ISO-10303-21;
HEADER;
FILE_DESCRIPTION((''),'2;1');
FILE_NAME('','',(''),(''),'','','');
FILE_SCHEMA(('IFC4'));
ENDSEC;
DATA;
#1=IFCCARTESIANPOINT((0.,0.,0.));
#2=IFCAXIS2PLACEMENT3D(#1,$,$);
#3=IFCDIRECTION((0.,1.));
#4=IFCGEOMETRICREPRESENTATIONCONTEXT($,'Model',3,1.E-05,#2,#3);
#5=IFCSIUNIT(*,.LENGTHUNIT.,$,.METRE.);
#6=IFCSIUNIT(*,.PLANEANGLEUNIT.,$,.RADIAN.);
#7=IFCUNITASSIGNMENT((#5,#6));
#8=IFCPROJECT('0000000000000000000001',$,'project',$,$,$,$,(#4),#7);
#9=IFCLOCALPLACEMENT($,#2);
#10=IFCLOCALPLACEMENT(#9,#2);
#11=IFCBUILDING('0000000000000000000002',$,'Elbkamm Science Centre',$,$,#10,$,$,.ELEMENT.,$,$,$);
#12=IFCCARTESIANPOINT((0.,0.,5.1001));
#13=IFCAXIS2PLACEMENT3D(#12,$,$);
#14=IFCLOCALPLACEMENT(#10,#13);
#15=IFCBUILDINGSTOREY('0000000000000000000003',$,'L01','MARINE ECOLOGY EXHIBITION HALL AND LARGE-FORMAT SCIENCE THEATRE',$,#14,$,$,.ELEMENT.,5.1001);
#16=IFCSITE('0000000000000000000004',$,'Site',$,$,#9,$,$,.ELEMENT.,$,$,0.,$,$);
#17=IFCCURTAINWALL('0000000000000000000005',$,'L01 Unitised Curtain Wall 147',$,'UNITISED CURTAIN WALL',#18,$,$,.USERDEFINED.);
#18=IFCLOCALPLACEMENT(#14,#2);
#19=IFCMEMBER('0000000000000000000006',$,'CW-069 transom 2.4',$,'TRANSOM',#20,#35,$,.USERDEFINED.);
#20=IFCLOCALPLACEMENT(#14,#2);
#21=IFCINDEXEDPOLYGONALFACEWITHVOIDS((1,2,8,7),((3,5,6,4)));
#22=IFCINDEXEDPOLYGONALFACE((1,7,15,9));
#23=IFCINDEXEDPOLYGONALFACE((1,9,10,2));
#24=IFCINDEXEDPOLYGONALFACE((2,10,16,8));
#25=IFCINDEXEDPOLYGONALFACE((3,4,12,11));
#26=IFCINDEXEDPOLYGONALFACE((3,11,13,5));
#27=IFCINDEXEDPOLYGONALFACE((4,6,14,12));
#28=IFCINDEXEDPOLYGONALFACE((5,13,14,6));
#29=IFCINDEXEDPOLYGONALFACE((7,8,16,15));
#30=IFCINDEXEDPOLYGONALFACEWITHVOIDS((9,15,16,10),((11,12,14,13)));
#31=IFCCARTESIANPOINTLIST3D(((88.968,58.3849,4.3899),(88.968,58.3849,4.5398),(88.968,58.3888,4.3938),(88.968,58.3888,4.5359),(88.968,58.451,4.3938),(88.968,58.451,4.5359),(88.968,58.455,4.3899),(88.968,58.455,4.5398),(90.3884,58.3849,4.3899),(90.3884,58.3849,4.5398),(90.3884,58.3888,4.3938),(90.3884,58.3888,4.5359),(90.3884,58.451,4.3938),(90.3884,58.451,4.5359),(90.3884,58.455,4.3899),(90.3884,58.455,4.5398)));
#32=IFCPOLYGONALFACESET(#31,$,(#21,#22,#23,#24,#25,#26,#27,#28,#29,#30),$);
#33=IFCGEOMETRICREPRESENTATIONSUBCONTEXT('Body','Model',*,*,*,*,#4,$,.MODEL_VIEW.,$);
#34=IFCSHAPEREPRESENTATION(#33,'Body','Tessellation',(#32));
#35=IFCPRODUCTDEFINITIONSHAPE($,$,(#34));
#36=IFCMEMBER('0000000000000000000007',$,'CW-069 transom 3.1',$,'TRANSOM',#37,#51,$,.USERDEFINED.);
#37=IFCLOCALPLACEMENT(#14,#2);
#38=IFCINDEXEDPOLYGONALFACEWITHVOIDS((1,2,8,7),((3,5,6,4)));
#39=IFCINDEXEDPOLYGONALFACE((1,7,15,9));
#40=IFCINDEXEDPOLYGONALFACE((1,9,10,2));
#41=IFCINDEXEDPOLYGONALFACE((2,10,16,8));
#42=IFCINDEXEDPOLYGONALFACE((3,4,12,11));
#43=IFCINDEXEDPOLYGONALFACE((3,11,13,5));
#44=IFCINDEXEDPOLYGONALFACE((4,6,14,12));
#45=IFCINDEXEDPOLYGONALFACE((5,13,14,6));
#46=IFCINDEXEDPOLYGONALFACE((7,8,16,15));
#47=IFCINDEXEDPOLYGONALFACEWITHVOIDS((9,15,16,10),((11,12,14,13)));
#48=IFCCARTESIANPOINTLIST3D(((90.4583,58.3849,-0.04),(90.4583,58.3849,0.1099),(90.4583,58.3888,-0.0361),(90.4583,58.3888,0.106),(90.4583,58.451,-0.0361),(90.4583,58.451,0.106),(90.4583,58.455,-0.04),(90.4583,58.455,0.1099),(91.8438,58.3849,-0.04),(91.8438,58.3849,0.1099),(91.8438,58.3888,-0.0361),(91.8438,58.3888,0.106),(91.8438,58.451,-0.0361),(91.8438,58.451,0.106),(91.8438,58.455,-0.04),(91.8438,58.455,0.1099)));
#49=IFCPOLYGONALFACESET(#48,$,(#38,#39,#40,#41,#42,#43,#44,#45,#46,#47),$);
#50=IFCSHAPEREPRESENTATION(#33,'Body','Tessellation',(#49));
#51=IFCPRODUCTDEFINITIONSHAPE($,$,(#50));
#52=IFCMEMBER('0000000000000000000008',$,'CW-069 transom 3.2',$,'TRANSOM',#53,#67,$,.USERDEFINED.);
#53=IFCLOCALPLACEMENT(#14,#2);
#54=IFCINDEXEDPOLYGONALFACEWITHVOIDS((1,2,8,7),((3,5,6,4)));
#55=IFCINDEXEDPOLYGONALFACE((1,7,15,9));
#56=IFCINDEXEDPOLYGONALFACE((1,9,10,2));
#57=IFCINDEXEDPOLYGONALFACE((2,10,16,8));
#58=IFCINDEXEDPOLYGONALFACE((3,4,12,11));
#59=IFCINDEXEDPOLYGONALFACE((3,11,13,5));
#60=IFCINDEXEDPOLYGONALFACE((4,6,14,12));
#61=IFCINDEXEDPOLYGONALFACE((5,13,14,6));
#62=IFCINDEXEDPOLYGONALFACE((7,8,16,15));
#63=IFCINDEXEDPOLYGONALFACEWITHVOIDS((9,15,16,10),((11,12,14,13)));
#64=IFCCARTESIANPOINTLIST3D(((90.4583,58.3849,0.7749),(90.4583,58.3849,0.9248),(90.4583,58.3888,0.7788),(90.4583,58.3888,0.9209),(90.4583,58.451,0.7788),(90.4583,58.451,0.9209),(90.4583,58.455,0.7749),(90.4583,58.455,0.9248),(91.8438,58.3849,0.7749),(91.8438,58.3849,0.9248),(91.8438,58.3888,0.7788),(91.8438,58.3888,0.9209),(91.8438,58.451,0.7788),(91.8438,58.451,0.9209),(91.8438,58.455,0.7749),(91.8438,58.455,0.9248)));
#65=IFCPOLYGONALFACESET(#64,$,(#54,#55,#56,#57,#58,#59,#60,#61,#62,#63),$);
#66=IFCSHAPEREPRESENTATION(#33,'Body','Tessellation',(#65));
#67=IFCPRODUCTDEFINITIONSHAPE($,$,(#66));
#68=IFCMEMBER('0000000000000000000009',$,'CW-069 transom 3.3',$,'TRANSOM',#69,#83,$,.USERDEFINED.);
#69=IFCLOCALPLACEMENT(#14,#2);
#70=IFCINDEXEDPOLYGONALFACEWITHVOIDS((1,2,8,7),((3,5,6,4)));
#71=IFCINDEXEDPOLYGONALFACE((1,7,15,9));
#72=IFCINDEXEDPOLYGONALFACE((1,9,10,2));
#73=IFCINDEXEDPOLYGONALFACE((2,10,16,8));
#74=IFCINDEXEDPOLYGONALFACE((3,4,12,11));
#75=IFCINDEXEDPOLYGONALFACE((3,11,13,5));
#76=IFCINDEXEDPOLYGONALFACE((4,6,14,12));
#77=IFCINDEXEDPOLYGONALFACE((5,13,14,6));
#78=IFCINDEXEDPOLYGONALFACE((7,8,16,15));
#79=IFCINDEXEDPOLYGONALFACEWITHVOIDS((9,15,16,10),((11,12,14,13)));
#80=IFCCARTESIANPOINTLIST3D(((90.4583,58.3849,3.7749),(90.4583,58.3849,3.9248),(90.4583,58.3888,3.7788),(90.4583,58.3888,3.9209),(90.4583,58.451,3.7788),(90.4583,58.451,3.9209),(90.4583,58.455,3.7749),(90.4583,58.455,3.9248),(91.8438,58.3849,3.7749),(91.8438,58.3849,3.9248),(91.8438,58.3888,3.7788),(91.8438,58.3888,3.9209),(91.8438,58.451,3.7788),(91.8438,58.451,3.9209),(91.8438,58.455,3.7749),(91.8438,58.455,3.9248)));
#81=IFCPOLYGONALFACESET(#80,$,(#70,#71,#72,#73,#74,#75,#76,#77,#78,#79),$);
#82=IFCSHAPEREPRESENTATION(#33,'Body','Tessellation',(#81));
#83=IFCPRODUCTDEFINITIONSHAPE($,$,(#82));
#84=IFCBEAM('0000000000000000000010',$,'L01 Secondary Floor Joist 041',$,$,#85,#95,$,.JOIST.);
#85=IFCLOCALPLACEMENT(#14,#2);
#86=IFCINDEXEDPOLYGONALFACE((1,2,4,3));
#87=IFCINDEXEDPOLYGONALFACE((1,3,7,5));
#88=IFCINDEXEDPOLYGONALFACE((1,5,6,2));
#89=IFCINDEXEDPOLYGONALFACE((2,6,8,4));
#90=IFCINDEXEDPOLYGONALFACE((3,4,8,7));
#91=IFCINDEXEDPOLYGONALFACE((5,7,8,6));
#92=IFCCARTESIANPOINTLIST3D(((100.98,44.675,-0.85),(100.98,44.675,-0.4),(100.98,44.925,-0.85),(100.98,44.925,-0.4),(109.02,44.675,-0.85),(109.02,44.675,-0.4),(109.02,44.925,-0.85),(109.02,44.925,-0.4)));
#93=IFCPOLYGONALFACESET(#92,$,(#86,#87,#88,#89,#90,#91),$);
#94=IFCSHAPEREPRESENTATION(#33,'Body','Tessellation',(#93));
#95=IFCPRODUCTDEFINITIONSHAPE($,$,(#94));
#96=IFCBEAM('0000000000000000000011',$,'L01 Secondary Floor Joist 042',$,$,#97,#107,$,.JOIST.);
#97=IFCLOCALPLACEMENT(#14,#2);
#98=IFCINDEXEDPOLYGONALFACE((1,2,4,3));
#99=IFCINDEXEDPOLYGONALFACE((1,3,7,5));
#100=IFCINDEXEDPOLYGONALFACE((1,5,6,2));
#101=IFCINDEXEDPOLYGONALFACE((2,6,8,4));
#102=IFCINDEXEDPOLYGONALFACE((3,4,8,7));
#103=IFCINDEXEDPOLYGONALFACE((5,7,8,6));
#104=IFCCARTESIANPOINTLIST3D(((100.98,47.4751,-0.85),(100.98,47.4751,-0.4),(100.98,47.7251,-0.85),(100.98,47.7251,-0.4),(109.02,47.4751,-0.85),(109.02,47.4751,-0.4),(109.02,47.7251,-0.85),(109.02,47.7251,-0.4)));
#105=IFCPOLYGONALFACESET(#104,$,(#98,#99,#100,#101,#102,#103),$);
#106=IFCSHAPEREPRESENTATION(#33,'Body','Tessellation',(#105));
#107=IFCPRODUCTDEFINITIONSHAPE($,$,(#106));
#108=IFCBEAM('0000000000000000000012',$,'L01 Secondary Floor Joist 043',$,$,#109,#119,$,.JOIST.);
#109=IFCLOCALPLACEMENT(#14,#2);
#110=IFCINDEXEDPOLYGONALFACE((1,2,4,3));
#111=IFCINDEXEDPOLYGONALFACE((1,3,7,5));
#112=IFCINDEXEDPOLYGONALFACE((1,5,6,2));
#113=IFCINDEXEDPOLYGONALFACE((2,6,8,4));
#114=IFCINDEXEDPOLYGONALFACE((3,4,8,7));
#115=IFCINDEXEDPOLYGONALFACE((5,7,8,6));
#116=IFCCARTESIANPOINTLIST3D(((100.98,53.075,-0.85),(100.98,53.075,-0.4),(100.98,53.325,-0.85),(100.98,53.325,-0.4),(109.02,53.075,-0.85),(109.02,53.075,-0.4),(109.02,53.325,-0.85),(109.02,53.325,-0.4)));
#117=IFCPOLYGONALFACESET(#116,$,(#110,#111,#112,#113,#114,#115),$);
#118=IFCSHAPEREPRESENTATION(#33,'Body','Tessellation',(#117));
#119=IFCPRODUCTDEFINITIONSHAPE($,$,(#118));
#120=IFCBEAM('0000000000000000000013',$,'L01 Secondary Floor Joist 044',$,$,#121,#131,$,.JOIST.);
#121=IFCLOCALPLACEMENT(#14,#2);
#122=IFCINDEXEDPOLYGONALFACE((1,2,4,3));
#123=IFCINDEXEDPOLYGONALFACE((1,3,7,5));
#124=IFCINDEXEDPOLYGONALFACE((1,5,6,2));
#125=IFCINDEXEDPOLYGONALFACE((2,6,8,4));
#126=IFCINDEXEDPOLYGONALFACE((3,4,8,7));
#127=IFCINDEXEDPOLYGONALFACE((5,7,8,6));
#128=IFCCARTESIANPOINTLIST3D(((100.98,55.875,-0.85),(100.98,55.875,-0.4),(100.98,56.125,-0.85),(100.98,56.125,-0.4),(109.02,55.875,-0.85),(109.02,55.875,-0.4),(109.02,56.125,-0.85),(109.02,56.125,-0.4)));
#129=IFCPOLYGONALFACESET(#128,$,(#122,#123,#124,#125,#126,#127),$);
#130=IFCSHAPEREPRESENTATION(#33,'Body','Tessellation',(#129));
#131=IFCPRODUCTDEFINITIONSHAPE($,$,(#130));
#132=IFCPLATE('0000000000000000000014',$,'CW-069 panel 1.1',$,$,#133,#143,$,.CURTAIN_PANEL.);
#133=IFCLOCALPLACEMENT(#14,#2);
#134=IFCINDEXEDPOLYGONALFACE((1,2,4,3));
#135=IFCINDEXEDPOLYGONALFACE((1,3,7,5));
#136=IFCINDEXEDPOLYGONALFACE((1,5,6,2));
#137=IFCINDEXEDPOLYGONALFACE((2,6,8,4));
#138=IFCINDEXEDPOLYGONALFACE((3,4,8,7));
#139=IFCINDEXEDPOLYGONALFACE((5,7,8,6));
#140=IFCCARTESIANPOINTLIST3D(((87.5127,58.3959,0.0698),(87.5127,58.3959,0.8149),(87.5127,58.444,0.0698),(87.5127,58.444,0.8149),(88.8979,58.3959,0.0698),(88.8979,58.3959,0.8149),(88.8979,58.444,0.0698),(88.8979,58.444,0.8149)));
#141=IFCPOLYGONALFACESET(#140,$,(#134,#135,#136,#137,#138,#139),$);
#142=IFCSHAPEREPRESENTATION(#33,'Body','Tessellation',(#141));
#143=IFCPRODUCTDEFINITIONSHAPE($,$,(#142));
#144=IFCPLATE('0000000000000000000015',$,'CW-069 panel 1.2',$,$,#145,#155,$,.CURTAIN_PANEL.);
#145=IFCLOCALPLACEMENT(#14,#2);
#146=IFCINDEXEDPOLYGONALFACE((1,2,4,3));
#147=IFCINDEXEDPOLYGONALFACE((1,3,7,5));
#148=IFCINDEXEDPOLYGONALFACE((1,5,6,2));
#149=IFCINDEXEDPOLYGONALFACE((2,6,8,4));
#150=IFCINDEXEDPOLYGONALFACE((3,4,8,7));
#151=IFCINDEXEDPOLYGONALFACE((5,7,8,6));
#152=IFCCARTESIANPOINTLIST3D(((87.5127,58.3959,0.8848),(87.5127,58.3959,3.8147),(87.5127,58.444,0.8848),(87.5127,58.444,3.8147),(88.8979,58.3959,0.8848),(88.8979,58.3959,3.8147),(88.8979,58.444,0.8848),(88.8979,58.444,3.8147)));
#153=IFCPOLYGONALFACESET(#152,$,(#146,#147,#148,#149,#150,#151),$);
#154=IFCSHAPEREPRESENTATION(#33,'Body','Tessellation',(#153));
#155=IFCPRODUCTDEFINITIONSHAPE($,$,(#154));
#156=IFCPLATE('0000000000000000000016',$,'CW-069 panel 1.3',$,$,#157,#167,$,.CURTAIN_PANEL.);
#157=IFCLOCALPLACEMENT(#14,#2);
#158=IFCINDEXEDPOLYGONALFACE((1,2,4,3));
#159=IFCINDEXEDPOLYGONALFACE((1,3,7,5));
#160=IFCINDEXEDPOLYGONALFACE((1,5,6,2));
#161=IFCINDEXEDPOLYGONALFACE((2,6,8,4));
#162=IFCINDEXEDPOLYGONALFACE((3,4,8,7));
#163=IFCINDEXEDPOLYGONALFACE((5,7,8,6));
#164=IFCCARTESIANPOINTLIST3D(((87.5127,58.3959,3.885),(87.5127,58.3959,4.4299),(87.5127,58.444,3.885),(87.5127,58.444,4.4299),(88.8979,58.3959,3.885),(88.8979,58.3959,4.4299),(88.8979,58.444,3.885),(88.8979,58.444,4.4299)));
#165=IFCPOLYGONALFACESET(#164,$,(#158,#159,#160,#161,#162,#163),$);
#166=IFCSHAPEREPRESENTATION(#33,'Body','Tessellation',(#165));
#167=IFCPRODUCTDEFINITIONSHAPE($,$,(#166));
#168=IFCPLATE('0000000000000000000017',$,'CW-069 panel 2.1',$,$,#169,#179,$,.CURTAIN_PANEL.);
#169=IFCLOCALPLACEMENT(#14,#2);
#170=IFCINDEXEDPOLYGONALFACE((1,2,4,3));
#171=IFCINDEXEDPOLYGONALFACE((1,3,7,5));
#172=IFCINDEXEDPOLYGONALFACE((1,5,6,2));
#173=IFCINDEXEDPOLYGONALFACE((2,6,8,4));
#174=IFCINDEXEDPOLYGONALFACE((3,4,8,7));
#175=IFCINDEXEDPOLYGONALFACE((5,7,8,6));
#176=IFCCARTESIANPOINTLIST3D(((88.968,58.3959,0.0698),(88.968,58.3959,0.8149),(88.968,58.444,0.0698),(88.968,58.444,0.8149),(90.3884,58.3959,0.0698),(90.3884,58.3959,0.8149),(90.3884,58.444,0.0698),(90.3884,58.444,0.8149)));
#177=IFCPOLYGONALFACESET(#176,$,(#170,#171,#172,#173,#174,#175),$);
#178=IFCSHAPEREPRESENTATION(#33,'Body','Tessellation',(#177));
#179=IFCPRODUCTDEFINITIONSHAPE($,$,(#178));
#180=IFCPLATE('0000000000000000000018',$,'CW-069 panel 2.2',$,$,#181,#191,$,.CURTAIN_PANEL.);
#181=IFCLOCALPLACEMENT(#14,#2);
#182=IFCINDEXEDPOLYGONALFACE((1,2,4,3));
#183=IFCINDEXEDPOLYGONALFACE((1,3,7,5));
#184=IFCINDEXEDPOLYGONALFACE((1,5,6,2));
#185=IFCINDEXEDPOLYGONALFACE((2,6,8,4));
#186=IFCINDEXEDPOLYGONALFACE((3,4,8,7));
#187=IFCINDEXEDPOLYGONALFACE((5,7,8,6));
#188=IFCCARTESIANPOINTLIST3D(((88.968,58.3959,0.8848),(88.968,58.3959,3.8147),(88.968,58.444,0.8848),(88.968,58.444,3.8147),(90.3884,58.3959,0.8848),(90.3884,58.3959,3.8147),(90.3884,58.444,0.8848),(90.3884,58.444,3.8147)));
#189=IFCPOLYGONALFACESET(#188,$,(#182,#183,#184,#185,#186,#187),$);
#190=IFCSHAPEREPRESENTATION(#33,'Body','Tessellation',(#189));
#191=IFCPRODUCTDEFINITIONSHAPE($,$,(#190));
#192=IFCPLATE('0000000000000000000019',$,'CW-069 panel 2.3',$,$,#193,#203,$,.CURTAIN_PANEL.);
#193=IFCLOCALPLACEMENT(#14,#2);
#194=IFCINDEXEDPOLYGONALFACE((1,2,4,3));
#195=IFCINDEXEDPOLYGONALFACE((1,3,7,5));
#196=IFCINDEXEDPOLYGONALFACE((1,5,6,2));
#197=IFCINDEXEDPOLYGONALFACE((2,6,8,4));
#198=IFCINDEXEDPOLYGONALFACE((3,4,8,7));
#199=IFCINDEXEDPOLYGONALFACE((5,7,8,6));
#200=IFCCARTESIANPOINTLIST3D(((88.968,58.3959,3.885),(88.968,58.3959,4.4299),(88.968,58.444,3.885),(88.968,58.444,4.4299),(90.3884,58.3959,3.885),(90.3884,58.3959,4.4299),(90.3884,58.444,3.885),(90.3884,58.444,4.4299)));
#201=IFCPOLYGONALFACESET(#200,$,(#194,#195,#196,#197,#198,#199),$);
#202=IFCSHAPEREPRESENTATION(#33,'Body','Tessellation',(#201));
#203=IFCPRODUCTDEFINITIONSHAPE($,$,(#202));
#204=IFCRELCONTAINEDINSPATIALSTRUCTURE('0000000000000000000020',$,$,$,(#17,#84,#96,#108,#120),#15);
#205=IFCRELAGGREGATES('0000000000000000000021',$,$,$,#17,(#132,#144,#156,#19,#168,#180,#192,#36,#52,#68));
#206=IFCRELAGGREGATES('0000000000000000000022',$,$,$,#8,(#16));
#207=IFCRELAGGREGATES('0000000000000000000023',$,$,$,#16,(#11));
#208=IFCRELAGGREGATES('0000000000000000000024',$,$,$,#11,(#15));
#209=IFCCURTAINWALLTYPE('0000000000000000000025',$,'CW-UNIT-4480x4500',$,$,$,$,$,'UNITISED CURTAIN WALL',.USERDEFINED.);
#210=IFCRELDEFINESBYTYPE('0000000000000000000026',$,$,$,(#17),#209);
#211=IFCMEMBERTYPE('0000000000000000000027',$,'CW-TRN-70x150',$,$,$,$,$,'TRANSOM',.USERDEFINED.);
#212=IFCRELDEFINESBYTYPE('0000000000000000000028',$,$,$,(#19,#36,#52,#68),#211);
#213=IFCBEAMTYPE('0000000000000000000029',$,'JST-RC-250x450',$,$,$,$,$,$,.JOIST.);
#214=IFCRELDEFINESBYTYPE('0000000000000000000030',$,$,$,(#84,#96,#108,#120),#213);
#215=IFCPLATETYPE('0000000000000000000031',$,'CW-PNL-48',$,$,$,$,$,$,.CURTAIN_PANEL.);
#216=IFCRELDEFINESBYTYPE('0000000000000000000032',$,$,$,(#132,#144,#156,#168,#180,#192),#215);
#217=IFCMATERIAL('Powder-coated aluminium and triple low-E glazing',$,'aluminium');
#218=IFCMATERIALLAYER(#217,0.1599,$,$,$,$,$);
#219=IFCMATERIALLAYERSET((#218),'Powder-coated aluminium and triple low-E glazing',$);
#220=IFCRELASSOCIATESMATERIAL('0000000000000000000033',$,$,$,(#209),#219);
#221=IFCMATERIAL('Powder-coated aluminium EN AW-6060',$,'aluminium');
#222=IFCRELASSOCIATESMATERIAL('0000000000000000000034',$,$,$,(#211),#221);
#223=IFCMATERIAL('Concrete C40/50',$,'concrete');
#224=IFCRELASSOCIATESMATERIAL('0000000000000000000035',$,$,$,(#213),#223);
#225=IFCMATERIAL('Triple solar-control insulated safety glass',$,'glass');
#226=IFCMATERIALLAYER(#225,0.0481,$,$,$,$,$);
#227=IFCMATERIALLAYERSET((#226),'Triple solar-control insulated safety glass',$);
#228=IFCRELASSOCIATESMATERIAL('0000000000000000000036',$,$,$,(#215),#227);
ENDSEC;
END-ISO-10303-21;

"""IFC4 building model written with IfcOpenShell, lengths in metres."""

from ifc_helpers import new_model, si_unit, direction, frame, origin, origin_2d, place, context, subcontext, project, spatial, rectangle, hollow_rectangle, extrude, material, layer, layer_set, material_profile, profile_set, type_object, element, aggregate, save


model = new_model("IFC4")

# Units and contexts
model_context = context("Model", 3, precision=1e-05, world=origin(), true_north=direction((0.0, 1.0)))
body_context = subcontext(model_context, "Body", "Model", "MODEL_VIEW")
ifc_project = project(units=[si_unit("LENGTHUNIT", "METRE"), si_unit("PLANEANGLEUNIT", "RADIAN")], contexts=[model_context])

# Site, building, storey
site_placement = place(None, origin())
site = spatial("IfcSite", under=ifc_project, at=site_placement, Name="Site", CompositionType="ELEMENT", RefElevation=0.0)
building_placement = place(site_placement, origin())
building = spatial("IfcBuilding", under=site, at=building_placement, Name="Elbkamm Science Centre", CompositionType="ELEMENT")
storey_placement = place(building_placement, frame((0.0, 0.0, 5.1001)))
storey = spatial("IfcBuildingStorey", under=building, at=storey_placement, Name="L01", Description="MARINE ECOLOGY EXHIBITION HALL AND LARGE-FORMAT SCIENCE THEATRE", CompositionType="ELEMENT", Elevation=5.1001)

# Shared definitions
ifc_material_1 = material(Name="Concrete C40/50", Category="concrete")

# Curtain wall, members
ifc_material_2 = material(Name="Powder-coated aluminium and triple low-E glazing", Category="aluminium")
ifc_layer_1 = layer(ifc_material_2, 0.1599)
ifc_layer_set_1 = layer_set([ifc_layer_1], Name="Powder-coated aluminium and triple low-E glazing")
curtain_wall_type = type_object("IfcCurtainWallType", Name="CW-UNIT-4480x4500", ElementType="UNITISED CURTAIN WALL", PredefinedType="USERDEFINED", material=ifc_layer_set_1)
curtain_wall_placement = place(storey_placement, origin())
curtain_wall = element("IfcCurtainWall", 1, at=curtain_wall_placement, inside=storey, type_object=curtain_wall_type, Name="L01 Unitised Curtain Wall 147", ObjectType="UNITISED CURTAIN WALL", PredefinedType="USERDEFINED")
ifc_material_3 = material(Name="Powder-coated aluminium EN AW-6060", Category="aluminium")
ifc_material_profile_1 = material_profile(ifc_material_3, hollow_rectangle(XDim=0.0701, YDim=0.1499, WallThickness=0.0039, at=origin_2d()), Name="ALU T70x150")
ifc_profile_set_1 = profile_set([ifc_material_profile_1], Name="Powder-coated aluminium EN AW-6060")
member_type_1 = type_object("IfcMemberType", Name="CW-TRN-70x150", ElementType="TRANSOM", PredefinedType="USERDEFINED", material=ifc_profile_set_1)
member_1_placement = place(storey_placement, frame((88.968, 58.4199, 4.4648), z_axis=(1.0, 0.0, 0.0), x_axis=(0.0, 1.0, 0.0)))
member_1 = element("IfcMember", 2, at=member_1_placement, type_object=member_type_1, Name="CW-069 transom 2.4", ObjectType="TRANSOM", PredefinedType="USERDEFINED", context=body_context, shape_type="SweptSolid", body=[
    extrude(hollow_rectangle(XDim=0.0701, YDim=0.1499, WallThickness=0.0039, at=origin_2d()), origin(), (0.0, 0.0, 1.0), 1.4204),
])
member_2_placement = place(storey_placement, frame((90.4583, 58.4199, 0.0349), z_axis=(1.0, 0.0, 0.0), x_axis=(0.0, 1.0, 0.0)))
member_2 = element("IfcMember", 3, at=member_2_placement, type_object=member_type_1, Name="CW-069 transom 3.1", ObjectType="TRANSOM", PredefinedType="USERDEFINED", context=body_context, shape_type="SweptSolid", body=[
    extrude(hollow_rectangle(XDim=0.0701, YDim=0.1499, WallThickness=0.0039, at=origin_2d()), origin(), (0.0, 0.0, 1.0), 1.3855),
])
member_3_placement = place(storey_placement, frame((90.4583, 58.4199, 0.8499), z_axis=(1.0, 0.0, 0.0), x_axis=(0.0, 1.0, 0.0)))
member_3 = element("IfcMember", 4, at=member_3_placement, type_object=member_type_1, Name="CW-069 transom 3.2", ObjectType="TRANSOM", PredefinedType="USERDEFINED", context=body_context, shape_type="SweptSolid", body=[
    extrude(hollow_rectangle(XDim=0.0701, YDim=0.1499, WallThickness=0.0039, at=origin_2d()), origin(), (0.0, 0.0, 1.0), 1.3855),
])
member_4_placement = place(storey_placement, frame((90.4583, 58.4199, 3.8499), z_axis=(1.0, 0.0, 0.0), x_axis=(0.0, 1.0, 0.0)))
member_4 = element("IfcMember", 5, at=member_4_placement, type_object=member_type_1, Name="CW-069 transom 3.3", ObjectType="TRANSOM", PredefinedType="USERDEFINED", context=body_context, shape_type="SweptSolid", body=[
    extrude(hollow_rectangle(XDim=0.0701, YDim=0.1499, WallThickness=0.0039, at=origin_2d()), origin(), (0.0, 0.0, 1.0), 1.3855),
])

# Beams
ifc_material_profile_2 = material_profile(ifc_material_1, rectangle(XDim=0.25, YDim=0.45, at=origin_2d()), Name="RC 250x450")
ifc_profile_set_2 = profile_set([ifc_material_profile_2], Name="Concrete C40/50")
beam_type_1 = type_object("IfcBeamType", Name="JST-RC-250x450", PredefinedType="JOIST", material=ifc_profile_set_2)
for number, where, z_axis, x_axis, name in (
    (6, (100.98, 44.8, -0.625), (1.0, 0.0, 0.0), (0.0, 1.0, 0.0), "L01 Secondary Floor Joist 041"),
    (7, (100.98, 47.6001, -0.625), (1.0, 0.0, 0.0), (0.0, 1.0, 0.0), "L01 Secondary Floor Joist 042"),
    (8, (100.98, 53.2, -0.625), (1.0, 0.0, 0.0), (0.0, 1.0, 0.0), "L01 Secondary Floor Joist 043"),
    (9, (100.98, 56.0, -0.625), (1.0, 0.0, 0.0), (0.0, 1.0, 0.0), "L01 Secondary Floor Joist 044"),
):
    element("IfcBeam", number, at=place(storey_placement, frame(where, z_axis=z_axis, x_axis=x_axis)), inside=storey, type_object=beam_type_1, Name=name, PredefinedType="JOIST", context=body_context, shape_type="SweptSolid", body=[
        extrude(rectangle(XDim=0.25, YDim=0.45, at=origin_2d()), origin(), (0.0, 0.0, 1.0), 8.04),
    ])

# Plates
ifc_material_4 = material(Name="Triple solar-control insulated safety glass", Category="glass")
ifc_layer_2 = layer(ifc_material_4, 0.0481)
ifc_layer_set_2 = layer_set([ifc_layer_2], Name="Triple solar-control insulated safety glass")
plate_type = type_object("IfcPlateType", Name="CW-PNL-48", PredefinedType="CURTAIN_PANEL", material=ifc_layer_set_2)
plate_1_placement = place(storey_placement, frame((88.2053, 58.4199, 0.0698), z_axis=(0.0, 0.0, 1.0), x_axis=(1.0, 0.0, 0.0)))
plate_1 = element("IfcPlate", 10, at=plate_1_placement, type_object=plate_type, Name="CW-069 panel 1.1", PredefinedType="CURTAIN_PANEL", context=body_context, shape_type="SweptSolid", body=[
    extrude(rectangle(XDim=1.3853, YDim=0.0481, at=origin_2d()), origin(), (0.0, 0.0, 1.0), 0.7451),
])
plate_2_placement = place(storey_placement, frame((88.2053, 58.4199, 0.8848), z_axis=(0.0, 0.0, 1.0), x_axis=(1.0, 0.0, 0.0)))
plate_2 = element("IfcPlate", 11, at=plate_2_placement, type_object=plate_type, Name="CW-069 panel 1.2", PredefinedType="CURTAIN_PANEL", context=body_context, shape_type="SweptSolid", body=[
    extrude(rectangle(XDim=1.3853, YDim=0.0481, at=origin_2d()), origin(), (0.0, 0.0, 1.0), 2.9299),
])
plate_3_placement = place(storey_placement, frame((88.2053, 58.4199, 3.885), z_axis=(0.0, 0.0, 1.0), x_axis=(1.0, 0.0, 0.0)))
plate_3 = element("IfcPlate", 12, at=plate_3_placement, type_object=plate_type, Name="CW-069 panel 1.3", PredefinedType="CURTAIN_PANEL", context=body_context, shape_type="SweptSolid", body=[
    extrude(rectangle(XDim=1.3853, YDim=0.0481, at=origin_2d()), origin(), (0.0, 0.0, 1.0), 0.5449),
])
plate_4_placement = place(storey_placement, frame((89.6782, 58.4199, 0.0698), z_axis=(0.0, 0.0, 1.0), x_axis=(1.0, 0.0, 0.0)))
plate_4 = element("IfcPlate", 13, at=plate_4_placement, type_object=plate_type, Name="CW-069 panel 2.1", PredefinedType="CURTAIN_PANEL", context=body_context, shape_type="SweptSolid", body=[
    extrude(rectangle(XDim=1.4204, YDim=0.0481, at=origin_2d()), origin(), (0.0, 0.0, 1.0), 0.7451),
])
plate_5_placement = place(storey_placement, frame((89.6782, 58.4199, 0.8848), z_axis=(0.0, 0.0, 1.0), x_axis=(1.0, 0.0, 0.0)))
plate_5 = element("IfcPlate", 14, at=plate_5_placement, type_object=plate_type, Name="CW-069 panel 2.2", PredefinedType="CURTAIN_PANEL", context=body_context, shape_type="SweptSolid", body=[
    extrude(rectangle(XDim=1.4204, YDim=0.0481, at=origin_2d()), origin(), (0.0, 0.0, 1.0), 2.9299),
])
plate_6_placement = place(storey_placement, frame((89.6782, 58.4199, 3.885), z_axis=(0.0, 0.0, 1.0), x_axis=(1.0, 0.0, 0.0)))
plate_6 = element("IfcPlate", 15, at=plate_6_placement, type_object=plate_type, Name="CW-069 panel 2.3", PredefinedType="CURTAIN_PANEL", context=body_context, shape_type="SweptSolid", body=[
    extrude(rectangle(XDim=1.4204, YDim=0.0481, at=origin_2d()), origin(), (0.0, 0.0, 1.0), 0.5449),
])
aggregate(curtain_wall, [plate_1, plate_2, plate_3, member_1, plate_4, plate_5, plate_6, member_2, member_3, member_4])

save(model, "model.ifc")
